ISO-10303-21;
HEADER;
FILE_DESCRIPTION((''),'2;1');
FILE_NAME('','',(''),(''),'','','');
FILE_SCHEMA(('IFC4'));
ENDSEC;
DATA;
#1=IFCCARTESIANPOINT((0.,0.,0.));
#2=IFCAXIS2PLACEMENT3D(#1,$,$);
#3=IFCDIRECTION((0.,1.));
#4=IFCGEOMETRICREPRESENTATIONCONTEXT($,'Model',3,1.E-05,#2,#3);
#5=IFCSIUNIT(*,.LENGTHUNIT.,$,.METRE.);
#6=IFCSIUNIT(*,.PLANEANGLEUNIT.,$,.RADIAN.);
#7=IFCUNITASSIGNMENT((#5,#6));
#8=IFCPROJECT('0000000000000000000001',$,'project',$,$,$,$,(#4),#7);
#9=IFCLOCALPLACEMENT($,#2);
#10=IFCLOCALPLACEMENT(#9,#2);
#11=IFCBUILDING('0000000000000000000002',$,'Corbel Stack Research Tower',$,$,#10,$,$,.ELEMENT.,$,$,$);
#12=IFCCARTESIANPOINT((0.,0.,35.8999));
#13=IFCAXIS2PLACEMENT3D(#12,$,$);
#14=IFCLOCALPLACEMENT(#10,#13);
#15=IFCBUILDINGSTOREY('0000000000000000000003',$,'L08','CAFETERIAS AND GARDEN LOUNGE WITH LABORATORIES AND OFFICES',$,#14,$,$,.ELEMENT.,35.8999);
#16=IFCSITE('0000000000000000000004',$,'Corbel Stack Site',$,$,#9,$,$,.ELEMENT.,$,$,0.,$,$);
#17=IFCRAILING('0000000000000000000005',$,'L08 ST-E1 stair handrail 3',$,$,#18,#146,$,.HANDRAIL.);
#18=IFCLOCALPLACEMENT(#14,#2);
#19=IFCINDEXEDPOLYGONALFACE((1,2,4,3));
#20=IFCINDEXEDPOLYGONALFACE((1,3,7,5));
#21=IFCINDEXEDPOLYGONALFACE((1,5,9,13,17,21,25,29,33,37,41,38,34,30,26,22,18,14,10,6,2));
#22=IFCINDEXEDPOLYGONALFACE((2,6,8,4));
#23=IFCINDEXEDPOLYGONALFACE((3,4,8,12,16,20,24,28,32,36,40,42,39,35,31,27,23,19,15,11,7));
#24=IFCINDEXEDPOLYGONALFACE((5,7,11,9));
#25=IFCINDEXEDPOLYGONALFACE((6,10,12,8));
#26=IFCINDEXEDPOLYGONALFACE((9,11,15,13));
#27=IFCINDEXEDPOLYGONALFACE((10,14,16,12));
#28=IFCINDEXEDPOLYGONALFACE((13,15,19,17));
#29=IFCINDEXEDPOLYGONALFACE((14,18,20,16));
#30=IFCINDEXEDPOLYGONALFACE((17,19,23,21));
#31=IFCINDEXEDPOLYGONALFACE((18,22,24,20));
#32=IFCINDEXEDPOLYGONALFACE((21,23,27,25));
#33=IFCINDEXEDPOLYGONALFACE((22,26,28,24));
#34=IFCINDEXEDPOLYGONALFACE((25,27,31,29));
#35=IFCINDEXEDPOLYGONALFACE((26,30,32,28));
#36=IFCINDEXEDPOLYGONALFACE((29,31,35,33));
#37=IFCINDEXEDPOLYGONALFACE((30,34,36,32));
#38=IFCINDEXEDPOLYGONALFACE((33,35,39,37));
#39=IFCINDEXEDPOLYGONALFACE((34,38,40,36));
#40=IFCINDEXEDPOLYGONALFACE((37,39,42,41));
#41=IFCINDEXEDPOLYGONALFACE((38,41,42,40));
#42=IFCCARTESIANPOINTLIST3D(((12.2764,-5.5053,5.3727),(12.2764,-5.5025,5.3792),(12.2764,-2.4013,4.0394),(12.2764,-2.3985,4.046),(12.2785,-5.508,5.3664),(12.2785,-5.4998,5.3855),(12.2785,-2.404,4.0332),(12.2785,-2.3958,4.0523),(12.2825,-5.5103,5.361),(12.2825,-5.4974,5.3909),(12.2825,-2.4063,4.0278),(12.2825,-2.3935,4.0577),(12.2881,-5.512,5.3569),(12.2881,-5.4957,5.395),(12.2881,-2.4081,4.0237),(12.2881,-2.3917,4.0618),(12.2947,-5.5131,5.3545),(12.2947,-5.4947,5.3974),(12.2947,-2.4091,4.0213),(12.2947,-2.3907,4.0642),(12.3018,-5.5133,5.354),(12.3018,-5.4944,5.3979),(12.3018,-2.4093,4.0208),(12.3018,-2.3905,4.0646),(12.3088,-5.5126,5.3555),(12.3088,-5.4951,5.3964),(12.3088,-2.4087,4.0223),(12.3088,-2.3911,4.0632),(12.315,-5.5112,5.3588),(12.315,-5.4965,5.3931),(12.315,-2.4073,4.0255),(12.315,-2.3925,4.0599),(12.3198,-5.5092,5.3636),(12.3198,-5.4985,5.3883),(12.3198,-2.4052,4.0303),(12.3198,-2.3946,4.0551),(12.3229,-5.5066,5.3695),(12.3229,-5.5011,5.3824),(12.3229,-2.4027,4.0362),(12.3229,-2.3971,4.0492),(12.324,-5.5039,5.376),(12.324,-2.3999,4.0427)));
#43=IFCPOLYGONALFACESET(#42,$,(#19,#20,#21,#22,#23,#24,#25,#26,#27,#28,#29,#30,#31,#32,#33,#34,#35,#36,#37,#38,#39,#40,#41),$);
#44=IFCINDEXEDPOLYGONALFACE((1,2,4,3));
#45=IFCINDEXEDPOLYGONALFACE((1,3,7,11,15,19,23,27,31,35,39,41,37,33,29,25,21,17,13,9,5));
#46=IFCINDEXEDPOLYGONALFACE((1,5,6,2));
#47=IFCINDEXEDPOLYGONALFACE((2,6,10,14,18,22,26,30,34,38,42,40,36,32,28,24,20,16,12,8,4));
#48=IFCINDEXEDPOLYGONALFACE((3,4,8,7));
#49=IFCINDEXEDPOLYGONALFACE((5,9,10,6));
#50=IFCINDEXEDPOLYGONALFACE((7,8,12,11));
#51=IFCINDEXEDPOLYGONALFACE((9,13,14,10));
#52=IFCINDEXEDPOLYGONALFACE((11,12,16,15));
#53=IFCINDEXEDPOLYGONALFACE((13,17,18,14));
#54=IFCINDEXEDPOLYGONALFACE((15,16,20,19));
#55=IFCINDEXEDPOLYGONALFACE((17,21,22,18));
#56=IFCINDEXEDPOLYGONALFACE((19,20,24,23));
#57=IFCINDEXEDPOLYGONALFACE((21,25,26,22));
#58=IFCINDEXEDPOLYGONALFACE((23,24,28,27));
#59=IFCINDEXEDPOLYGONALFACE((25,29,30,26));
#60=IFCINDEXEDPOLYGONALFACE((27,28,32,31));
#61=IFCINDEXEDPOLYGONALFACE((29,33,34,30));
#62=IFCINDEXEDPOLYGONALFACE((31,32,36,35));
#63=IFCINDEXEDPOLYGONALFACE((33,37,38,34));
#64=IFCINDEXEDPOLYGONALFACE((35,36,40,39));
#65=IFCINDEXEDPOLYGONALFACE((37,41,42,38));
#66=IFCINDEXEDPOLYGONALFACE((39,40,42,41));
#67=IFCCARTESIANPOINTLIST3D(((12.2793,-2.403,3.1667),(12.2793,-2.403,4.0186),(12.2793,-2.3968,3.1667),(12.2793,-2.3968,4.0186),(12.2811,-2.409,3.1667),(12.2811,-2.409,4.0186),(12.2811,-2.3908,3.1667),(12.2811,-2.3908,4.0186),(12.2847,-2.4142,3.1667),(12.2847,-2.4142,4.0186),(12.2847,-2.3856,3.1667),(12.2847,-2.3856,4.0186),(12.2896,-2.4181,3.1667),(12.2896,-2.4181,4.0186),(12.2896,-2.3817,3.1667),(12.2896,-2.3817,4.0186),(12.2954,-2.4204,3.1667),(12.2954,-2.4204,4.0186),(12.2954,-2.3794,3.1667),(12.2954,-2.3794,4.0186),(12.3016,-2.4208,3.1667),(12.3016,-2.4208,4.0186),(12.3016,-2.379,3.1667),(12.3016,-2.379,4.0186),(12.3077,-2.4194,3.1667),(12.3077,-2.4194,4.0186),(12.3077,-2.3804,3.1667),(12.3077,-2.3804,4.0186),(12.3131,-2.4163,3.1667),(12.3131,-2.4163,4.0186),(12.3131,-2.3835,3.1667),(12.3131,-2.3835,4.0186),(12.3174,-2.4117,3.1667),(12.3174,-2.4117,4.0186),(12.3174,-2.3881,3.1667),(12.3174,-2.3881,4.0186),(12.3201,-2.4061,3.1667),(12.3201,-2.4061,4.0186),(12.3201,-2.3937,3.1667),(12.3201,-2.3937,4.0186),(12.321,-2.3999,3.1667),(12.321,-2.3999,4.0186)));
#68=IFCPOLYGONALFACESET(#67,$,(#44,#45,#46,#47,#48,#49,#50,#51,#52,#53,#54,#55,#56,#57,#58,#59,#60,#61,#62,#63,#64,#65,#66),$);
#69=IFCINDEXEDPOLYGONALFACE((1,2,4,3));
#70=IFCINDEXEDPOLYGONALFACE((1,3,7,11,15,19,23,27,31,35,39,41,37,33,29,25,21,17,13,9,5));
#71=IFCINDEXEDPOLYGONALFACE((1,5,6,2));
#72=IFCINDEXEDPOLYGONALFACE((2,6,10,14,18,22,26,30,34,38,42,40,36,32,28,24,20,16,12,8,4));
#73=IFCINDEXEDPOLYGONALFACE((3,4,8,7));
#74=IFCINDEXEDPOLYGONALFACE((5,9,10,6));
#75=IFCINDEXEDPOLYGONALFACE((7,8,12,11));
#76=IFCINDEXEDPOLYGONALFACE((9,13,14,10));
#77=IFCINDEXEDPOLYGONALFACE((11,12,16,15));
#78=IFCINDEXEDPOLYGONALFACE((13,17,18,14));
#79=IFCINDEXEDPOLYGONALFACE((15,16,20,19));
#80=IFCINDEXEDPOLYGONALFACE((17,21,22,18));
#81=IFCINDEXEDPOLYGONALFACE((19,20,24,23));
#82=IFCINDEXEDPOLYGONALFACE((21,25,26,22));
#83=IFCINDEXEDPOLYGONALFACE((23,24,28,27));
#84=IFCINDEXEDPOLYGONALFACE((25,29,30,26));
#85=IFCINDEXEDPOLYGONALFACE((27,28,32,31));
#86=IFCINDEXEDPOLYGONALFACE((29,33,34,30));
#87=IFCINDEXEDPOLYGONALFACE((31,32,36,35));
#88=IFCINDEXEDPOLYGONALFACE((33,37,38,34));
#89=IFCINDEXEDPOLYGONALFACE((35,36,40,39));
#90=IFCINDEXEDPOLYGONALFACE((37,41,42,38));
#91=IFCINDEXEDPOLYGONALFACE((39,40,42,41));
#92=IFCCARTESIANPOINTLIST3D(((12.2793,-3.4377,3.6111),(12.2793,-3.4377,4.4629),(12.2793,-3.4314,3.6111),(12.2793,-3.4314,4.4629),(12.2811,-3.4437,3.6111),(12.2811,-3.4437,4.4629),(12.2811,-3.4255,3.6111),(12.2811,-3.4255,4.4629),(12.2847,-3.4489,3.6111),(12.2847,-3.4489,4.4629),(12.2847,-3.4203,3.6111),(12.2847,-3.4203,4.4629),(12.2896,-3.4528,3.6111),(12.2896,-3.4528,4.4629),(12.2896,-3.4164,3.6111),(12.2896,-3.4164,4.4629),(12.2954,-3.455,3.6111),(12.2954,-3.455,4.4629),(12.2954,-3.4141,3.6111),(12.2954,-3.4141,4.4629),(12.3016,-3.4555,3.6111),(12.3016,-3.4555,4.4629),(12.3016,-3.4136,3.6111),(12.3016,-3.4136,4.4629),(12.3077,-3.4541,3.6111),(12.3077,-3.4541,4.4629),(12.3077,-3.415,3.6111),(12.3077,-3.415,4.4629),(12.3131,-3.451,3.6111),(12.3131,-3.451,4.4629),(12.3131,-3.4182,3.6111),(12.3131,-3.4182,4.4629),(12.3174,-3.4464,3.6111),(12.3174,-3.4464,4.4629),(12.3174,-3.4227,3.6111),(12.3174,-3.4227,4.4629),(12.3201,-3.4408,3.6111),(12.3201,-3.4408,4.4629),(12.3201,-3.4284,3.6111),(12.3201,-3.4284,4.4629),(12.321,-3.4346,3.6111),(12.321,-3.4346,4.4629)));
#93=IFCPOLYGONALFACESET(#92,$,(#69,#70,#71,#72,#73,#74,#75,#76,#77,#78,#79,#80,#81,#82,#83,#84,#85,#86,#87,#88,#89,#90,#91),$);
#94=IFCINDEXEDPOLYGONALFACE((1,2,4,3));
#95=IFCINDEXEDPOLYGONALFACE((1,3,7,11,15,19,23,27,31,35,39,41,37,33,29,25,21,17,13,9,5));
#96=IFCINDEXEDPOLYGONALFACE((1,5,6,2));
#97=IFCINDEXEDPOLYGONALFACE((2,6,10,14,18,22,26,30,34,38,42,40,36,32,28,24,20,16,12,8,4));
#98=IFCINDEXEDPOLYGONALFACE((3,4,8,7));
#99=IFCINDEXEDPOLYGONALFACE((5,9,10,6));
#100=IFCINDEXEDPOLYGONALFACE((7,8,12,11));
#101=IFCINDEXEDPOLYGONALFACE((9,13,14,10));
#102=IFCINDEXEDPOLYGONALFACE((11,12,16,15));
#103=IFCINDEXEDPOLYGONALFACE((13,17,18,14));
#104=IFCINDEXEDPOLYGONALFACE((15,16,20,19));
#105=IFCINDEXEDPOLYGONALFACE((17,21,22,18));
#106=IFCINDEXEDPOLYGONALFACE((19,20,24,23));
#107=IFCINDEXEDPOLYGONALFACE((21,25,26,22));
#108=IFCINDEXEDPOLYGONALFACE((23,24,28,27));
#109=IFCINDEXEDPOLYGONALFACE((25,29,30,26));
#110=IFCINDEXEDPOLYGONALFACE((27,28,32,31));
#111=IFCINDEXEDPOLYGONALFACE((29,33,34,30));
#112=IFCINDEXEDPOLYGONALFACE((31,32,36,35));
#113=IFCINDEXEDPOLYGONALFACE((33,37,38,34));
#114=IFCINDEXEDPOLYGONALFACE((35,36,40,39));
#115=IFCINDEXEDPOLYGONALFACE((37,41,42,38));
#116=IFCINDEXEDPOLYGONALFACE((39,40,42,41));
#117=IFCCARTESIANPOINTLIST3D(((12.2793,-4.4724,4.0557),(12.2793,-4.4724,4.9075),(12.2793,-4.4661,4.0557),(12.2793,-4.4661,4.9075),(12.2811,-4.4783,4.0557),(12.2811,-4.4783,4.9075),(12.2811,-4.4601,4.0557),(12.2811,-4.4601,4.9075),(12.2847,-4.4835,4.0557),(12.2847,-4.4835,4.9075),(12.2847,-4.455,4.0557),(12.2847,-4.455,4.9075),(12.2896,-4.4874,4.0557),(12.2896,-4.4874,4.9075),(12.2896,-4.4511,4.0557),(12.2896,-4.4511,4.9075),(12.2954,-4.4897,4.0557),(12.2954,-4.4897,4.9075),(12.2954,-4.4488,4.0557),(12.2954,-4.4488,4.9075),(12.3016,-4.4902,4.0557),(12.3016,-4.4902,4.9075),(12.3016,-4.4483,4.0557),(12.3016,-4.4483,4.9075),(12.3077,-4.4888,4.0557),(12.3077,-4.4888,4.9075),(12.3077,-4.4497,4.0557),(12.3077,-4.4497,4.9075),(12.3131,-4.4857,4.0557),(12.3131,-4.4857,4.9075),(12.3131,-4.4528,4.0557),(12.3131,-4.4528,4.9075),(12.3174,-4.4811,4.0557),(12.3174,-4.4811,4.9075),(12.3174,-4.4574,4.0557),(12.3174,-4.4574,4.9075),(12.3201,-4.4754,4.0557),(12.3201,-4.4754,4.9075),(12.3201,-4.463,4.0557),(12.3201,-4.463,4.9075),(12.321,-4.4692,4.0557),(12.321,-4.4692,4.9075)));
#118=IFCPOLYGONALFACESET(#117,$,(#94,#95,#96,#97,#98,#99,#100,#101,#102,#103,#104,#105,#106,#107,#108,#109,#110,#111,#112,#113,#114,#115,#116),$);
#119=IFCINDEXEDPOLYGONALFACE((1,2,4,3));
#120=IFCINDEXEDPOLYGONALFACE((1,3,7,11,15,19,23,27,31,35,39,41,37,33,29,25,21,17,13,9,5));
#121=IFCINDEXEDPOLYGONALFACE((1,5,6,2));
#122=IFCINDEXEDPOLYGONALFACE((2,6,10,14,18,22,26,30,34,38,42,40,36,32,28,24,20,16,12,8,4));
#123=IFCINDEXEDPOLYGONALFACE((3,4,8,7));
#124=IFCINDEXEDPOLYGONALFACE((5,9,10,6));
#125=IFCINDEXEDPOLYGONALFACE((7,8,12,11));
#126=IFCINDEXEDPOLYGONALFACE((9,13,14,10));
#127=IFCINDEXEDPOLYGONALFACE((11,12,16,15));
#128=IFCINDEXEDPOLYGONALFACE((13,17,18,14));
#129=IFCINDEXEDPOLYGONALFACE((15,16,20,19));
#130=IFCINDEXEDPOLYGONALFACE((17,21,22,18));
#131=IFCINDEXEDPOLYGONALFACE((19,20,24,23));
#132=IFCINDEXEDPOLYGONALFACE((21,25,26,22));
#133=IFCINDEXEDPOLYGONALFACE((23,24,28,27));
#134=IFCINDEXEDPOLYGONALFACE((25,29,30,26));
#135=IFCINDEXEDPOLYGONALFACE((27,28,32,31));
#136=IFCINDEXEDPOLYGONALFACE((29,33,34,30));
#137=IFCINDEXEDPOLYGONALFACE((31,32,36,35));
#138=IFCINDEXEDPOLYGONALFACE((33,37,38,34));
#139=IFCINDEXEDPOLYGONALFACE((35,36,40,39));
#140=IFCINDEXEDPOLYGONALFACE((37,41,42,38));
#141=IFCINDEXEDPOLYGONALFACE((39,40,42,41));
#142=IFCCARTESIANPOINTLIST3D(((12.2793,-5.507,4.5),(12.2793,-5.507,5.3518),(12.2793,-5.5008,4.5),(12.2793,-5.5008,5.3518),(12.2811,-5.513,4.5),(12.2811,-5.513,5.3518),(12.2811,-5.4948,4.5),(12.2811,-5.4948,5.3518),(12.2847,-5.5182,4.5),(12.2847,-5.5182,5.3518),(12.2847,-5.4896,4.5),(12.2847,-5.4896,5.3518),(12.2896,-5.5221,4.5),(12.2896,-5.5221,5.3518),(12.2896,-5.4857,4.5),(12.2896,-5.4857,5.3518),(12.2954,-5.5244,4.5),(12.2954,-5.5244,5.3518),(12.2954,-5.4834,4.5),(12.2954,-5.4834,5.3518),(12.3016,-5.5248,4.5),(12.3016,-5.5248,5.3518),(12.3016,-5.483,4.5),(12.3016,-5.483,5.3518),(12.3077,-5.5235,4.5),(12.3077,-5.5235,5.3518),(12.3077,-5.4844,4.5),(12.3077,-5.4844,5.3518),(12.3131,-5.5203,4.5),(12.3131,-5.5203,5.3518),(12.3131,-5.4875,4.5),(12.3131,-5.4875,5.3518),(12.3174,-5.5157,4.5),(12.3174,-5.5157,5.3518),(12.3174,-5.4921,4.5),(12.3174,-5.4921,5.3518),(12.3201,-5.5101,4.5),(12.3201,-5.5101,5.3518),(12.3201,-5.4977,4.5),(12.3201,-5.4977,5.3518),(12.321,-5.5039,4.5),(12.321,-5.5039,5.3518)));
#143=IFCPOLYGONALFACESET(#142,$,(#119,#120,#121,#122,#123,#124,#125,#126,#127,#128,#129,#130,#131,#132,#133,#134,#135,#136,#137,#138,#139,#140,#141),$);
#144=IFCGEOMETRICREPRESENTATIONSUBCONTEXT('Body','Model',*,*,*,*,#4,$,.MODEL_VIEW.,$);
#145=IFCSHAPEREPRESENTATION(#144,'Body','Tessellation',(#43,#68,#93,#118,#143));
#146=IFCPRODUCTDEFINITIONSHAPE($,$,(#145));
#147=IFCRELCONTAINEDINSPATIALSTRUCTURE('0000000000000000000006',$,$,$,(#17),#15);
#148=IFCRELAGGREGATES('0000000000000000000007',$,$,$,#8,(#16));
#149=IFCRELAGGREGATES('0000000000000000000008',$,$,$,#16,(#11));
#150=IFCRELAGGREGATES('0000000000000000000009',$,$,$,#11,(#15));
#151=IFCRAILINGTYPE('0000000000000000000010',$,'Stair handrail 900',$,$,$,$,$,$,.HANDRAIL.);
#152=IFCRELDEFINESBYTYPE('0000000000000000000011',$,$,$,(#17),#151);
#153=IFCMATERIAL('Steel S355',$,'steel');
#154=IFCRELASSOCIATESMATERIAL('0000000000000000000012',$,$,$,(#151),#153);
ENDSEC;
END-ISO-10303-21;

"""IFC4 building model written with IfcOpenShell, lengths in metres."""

from ifc_helpers import new_model, si_unit, direction, frame, origin, origin_2d, place, context, subcontext, project, spatial, circle, extrude, material, type_object, element, save


model = new_model("IFC4")

# Units and contexts
model_context = context("Model", 3, precision=1e-05, world=origin(), true_north=direction((0.0, 1.0)))
body_context = subcontext(model_context, "Body", "Model", "MODEL_VIEW")
ifc_project = project(units=[si_unit("LENGTHUNIT", "METRE"), si_unit("PLANEANGLEUNIT", "RADIAN")], contexts=[model_context])

# Site, building, storey
site_placement = place(None, origin())
site = spatial("IfcSite", under=ifc_project, at=site_placement, Name="Corbel Stack Site", CompositionType="ELEMENT", RefElevation=0.0)
building_placement = place(site_placement, origin())
building = spatial("IfcBuilding", under=site, at=building_placement, Name="Corbel Stack Research Tower", CompositionType="ELEMENT")
storey_placement = place(building_placement, frame((0.0, 0.0, 35.8999)))
storey = spatial("IfcBuildingStorey", under=building, at=storey_placement, Name="L08", Description="CAFETERIAS AND GARDEN LOUNGE WITH LABORATORIES AND OFFICES", CompositionType="ELEMENT", Elevation=35.8999)

# Railing
ifc_material_1 = material(Name="Steel S355", Category="steel")
railing_type_1 = type_object("IfcRailingType", Name="Stair handrail 900", PredefinedType="HANDRAIL", material=ifc_material_1)
railing_1_placement = place(storey_placement, frame((12.3, -2.3999, 3.1667)))
element("IfcRailing", 1, at=railing_1_placement, inside=storey, type_object=railing_type_1, Name="L08 ST-E1 stair handrail 3", PredefinedType="HANDRAIL", context=body_context, shape_type="SweptSolid", body=[
    extrude(circle(Radius=0.0239, at=origin_2d()), frame((0.0, 0.0, 0.876), z_axis=(0.0, -0.918827, 0.394661), x_axis=(1.0, 0.0, 0.0)), (0.0, 0.0, 1.0), 3.3782),
    extrude(circle(Radius=0.021, at=origin_2d()), origin(), (0.0, 0.0, 1.0), 0.8518),
    extrude(circle(Radius=0.021, at=origin_2d()), frame((0.0, -1.0347, 0.4443)), (0.0, 0.0, 1.0), 0.8518),
    extrude(circle(Radius=0.021, at=origin_2d()), frame((0.0, -2.0693, 0.8889)), (0.0, 0.0, 1.0), 0.8518),
    extrude(circle(Radius=0.021, at=origin_2d()), frame((0.0, -3.104, 1.3333)), (0.0, 0.0, 1.0), 0.8518),
])

save(model, "model.ifc")
